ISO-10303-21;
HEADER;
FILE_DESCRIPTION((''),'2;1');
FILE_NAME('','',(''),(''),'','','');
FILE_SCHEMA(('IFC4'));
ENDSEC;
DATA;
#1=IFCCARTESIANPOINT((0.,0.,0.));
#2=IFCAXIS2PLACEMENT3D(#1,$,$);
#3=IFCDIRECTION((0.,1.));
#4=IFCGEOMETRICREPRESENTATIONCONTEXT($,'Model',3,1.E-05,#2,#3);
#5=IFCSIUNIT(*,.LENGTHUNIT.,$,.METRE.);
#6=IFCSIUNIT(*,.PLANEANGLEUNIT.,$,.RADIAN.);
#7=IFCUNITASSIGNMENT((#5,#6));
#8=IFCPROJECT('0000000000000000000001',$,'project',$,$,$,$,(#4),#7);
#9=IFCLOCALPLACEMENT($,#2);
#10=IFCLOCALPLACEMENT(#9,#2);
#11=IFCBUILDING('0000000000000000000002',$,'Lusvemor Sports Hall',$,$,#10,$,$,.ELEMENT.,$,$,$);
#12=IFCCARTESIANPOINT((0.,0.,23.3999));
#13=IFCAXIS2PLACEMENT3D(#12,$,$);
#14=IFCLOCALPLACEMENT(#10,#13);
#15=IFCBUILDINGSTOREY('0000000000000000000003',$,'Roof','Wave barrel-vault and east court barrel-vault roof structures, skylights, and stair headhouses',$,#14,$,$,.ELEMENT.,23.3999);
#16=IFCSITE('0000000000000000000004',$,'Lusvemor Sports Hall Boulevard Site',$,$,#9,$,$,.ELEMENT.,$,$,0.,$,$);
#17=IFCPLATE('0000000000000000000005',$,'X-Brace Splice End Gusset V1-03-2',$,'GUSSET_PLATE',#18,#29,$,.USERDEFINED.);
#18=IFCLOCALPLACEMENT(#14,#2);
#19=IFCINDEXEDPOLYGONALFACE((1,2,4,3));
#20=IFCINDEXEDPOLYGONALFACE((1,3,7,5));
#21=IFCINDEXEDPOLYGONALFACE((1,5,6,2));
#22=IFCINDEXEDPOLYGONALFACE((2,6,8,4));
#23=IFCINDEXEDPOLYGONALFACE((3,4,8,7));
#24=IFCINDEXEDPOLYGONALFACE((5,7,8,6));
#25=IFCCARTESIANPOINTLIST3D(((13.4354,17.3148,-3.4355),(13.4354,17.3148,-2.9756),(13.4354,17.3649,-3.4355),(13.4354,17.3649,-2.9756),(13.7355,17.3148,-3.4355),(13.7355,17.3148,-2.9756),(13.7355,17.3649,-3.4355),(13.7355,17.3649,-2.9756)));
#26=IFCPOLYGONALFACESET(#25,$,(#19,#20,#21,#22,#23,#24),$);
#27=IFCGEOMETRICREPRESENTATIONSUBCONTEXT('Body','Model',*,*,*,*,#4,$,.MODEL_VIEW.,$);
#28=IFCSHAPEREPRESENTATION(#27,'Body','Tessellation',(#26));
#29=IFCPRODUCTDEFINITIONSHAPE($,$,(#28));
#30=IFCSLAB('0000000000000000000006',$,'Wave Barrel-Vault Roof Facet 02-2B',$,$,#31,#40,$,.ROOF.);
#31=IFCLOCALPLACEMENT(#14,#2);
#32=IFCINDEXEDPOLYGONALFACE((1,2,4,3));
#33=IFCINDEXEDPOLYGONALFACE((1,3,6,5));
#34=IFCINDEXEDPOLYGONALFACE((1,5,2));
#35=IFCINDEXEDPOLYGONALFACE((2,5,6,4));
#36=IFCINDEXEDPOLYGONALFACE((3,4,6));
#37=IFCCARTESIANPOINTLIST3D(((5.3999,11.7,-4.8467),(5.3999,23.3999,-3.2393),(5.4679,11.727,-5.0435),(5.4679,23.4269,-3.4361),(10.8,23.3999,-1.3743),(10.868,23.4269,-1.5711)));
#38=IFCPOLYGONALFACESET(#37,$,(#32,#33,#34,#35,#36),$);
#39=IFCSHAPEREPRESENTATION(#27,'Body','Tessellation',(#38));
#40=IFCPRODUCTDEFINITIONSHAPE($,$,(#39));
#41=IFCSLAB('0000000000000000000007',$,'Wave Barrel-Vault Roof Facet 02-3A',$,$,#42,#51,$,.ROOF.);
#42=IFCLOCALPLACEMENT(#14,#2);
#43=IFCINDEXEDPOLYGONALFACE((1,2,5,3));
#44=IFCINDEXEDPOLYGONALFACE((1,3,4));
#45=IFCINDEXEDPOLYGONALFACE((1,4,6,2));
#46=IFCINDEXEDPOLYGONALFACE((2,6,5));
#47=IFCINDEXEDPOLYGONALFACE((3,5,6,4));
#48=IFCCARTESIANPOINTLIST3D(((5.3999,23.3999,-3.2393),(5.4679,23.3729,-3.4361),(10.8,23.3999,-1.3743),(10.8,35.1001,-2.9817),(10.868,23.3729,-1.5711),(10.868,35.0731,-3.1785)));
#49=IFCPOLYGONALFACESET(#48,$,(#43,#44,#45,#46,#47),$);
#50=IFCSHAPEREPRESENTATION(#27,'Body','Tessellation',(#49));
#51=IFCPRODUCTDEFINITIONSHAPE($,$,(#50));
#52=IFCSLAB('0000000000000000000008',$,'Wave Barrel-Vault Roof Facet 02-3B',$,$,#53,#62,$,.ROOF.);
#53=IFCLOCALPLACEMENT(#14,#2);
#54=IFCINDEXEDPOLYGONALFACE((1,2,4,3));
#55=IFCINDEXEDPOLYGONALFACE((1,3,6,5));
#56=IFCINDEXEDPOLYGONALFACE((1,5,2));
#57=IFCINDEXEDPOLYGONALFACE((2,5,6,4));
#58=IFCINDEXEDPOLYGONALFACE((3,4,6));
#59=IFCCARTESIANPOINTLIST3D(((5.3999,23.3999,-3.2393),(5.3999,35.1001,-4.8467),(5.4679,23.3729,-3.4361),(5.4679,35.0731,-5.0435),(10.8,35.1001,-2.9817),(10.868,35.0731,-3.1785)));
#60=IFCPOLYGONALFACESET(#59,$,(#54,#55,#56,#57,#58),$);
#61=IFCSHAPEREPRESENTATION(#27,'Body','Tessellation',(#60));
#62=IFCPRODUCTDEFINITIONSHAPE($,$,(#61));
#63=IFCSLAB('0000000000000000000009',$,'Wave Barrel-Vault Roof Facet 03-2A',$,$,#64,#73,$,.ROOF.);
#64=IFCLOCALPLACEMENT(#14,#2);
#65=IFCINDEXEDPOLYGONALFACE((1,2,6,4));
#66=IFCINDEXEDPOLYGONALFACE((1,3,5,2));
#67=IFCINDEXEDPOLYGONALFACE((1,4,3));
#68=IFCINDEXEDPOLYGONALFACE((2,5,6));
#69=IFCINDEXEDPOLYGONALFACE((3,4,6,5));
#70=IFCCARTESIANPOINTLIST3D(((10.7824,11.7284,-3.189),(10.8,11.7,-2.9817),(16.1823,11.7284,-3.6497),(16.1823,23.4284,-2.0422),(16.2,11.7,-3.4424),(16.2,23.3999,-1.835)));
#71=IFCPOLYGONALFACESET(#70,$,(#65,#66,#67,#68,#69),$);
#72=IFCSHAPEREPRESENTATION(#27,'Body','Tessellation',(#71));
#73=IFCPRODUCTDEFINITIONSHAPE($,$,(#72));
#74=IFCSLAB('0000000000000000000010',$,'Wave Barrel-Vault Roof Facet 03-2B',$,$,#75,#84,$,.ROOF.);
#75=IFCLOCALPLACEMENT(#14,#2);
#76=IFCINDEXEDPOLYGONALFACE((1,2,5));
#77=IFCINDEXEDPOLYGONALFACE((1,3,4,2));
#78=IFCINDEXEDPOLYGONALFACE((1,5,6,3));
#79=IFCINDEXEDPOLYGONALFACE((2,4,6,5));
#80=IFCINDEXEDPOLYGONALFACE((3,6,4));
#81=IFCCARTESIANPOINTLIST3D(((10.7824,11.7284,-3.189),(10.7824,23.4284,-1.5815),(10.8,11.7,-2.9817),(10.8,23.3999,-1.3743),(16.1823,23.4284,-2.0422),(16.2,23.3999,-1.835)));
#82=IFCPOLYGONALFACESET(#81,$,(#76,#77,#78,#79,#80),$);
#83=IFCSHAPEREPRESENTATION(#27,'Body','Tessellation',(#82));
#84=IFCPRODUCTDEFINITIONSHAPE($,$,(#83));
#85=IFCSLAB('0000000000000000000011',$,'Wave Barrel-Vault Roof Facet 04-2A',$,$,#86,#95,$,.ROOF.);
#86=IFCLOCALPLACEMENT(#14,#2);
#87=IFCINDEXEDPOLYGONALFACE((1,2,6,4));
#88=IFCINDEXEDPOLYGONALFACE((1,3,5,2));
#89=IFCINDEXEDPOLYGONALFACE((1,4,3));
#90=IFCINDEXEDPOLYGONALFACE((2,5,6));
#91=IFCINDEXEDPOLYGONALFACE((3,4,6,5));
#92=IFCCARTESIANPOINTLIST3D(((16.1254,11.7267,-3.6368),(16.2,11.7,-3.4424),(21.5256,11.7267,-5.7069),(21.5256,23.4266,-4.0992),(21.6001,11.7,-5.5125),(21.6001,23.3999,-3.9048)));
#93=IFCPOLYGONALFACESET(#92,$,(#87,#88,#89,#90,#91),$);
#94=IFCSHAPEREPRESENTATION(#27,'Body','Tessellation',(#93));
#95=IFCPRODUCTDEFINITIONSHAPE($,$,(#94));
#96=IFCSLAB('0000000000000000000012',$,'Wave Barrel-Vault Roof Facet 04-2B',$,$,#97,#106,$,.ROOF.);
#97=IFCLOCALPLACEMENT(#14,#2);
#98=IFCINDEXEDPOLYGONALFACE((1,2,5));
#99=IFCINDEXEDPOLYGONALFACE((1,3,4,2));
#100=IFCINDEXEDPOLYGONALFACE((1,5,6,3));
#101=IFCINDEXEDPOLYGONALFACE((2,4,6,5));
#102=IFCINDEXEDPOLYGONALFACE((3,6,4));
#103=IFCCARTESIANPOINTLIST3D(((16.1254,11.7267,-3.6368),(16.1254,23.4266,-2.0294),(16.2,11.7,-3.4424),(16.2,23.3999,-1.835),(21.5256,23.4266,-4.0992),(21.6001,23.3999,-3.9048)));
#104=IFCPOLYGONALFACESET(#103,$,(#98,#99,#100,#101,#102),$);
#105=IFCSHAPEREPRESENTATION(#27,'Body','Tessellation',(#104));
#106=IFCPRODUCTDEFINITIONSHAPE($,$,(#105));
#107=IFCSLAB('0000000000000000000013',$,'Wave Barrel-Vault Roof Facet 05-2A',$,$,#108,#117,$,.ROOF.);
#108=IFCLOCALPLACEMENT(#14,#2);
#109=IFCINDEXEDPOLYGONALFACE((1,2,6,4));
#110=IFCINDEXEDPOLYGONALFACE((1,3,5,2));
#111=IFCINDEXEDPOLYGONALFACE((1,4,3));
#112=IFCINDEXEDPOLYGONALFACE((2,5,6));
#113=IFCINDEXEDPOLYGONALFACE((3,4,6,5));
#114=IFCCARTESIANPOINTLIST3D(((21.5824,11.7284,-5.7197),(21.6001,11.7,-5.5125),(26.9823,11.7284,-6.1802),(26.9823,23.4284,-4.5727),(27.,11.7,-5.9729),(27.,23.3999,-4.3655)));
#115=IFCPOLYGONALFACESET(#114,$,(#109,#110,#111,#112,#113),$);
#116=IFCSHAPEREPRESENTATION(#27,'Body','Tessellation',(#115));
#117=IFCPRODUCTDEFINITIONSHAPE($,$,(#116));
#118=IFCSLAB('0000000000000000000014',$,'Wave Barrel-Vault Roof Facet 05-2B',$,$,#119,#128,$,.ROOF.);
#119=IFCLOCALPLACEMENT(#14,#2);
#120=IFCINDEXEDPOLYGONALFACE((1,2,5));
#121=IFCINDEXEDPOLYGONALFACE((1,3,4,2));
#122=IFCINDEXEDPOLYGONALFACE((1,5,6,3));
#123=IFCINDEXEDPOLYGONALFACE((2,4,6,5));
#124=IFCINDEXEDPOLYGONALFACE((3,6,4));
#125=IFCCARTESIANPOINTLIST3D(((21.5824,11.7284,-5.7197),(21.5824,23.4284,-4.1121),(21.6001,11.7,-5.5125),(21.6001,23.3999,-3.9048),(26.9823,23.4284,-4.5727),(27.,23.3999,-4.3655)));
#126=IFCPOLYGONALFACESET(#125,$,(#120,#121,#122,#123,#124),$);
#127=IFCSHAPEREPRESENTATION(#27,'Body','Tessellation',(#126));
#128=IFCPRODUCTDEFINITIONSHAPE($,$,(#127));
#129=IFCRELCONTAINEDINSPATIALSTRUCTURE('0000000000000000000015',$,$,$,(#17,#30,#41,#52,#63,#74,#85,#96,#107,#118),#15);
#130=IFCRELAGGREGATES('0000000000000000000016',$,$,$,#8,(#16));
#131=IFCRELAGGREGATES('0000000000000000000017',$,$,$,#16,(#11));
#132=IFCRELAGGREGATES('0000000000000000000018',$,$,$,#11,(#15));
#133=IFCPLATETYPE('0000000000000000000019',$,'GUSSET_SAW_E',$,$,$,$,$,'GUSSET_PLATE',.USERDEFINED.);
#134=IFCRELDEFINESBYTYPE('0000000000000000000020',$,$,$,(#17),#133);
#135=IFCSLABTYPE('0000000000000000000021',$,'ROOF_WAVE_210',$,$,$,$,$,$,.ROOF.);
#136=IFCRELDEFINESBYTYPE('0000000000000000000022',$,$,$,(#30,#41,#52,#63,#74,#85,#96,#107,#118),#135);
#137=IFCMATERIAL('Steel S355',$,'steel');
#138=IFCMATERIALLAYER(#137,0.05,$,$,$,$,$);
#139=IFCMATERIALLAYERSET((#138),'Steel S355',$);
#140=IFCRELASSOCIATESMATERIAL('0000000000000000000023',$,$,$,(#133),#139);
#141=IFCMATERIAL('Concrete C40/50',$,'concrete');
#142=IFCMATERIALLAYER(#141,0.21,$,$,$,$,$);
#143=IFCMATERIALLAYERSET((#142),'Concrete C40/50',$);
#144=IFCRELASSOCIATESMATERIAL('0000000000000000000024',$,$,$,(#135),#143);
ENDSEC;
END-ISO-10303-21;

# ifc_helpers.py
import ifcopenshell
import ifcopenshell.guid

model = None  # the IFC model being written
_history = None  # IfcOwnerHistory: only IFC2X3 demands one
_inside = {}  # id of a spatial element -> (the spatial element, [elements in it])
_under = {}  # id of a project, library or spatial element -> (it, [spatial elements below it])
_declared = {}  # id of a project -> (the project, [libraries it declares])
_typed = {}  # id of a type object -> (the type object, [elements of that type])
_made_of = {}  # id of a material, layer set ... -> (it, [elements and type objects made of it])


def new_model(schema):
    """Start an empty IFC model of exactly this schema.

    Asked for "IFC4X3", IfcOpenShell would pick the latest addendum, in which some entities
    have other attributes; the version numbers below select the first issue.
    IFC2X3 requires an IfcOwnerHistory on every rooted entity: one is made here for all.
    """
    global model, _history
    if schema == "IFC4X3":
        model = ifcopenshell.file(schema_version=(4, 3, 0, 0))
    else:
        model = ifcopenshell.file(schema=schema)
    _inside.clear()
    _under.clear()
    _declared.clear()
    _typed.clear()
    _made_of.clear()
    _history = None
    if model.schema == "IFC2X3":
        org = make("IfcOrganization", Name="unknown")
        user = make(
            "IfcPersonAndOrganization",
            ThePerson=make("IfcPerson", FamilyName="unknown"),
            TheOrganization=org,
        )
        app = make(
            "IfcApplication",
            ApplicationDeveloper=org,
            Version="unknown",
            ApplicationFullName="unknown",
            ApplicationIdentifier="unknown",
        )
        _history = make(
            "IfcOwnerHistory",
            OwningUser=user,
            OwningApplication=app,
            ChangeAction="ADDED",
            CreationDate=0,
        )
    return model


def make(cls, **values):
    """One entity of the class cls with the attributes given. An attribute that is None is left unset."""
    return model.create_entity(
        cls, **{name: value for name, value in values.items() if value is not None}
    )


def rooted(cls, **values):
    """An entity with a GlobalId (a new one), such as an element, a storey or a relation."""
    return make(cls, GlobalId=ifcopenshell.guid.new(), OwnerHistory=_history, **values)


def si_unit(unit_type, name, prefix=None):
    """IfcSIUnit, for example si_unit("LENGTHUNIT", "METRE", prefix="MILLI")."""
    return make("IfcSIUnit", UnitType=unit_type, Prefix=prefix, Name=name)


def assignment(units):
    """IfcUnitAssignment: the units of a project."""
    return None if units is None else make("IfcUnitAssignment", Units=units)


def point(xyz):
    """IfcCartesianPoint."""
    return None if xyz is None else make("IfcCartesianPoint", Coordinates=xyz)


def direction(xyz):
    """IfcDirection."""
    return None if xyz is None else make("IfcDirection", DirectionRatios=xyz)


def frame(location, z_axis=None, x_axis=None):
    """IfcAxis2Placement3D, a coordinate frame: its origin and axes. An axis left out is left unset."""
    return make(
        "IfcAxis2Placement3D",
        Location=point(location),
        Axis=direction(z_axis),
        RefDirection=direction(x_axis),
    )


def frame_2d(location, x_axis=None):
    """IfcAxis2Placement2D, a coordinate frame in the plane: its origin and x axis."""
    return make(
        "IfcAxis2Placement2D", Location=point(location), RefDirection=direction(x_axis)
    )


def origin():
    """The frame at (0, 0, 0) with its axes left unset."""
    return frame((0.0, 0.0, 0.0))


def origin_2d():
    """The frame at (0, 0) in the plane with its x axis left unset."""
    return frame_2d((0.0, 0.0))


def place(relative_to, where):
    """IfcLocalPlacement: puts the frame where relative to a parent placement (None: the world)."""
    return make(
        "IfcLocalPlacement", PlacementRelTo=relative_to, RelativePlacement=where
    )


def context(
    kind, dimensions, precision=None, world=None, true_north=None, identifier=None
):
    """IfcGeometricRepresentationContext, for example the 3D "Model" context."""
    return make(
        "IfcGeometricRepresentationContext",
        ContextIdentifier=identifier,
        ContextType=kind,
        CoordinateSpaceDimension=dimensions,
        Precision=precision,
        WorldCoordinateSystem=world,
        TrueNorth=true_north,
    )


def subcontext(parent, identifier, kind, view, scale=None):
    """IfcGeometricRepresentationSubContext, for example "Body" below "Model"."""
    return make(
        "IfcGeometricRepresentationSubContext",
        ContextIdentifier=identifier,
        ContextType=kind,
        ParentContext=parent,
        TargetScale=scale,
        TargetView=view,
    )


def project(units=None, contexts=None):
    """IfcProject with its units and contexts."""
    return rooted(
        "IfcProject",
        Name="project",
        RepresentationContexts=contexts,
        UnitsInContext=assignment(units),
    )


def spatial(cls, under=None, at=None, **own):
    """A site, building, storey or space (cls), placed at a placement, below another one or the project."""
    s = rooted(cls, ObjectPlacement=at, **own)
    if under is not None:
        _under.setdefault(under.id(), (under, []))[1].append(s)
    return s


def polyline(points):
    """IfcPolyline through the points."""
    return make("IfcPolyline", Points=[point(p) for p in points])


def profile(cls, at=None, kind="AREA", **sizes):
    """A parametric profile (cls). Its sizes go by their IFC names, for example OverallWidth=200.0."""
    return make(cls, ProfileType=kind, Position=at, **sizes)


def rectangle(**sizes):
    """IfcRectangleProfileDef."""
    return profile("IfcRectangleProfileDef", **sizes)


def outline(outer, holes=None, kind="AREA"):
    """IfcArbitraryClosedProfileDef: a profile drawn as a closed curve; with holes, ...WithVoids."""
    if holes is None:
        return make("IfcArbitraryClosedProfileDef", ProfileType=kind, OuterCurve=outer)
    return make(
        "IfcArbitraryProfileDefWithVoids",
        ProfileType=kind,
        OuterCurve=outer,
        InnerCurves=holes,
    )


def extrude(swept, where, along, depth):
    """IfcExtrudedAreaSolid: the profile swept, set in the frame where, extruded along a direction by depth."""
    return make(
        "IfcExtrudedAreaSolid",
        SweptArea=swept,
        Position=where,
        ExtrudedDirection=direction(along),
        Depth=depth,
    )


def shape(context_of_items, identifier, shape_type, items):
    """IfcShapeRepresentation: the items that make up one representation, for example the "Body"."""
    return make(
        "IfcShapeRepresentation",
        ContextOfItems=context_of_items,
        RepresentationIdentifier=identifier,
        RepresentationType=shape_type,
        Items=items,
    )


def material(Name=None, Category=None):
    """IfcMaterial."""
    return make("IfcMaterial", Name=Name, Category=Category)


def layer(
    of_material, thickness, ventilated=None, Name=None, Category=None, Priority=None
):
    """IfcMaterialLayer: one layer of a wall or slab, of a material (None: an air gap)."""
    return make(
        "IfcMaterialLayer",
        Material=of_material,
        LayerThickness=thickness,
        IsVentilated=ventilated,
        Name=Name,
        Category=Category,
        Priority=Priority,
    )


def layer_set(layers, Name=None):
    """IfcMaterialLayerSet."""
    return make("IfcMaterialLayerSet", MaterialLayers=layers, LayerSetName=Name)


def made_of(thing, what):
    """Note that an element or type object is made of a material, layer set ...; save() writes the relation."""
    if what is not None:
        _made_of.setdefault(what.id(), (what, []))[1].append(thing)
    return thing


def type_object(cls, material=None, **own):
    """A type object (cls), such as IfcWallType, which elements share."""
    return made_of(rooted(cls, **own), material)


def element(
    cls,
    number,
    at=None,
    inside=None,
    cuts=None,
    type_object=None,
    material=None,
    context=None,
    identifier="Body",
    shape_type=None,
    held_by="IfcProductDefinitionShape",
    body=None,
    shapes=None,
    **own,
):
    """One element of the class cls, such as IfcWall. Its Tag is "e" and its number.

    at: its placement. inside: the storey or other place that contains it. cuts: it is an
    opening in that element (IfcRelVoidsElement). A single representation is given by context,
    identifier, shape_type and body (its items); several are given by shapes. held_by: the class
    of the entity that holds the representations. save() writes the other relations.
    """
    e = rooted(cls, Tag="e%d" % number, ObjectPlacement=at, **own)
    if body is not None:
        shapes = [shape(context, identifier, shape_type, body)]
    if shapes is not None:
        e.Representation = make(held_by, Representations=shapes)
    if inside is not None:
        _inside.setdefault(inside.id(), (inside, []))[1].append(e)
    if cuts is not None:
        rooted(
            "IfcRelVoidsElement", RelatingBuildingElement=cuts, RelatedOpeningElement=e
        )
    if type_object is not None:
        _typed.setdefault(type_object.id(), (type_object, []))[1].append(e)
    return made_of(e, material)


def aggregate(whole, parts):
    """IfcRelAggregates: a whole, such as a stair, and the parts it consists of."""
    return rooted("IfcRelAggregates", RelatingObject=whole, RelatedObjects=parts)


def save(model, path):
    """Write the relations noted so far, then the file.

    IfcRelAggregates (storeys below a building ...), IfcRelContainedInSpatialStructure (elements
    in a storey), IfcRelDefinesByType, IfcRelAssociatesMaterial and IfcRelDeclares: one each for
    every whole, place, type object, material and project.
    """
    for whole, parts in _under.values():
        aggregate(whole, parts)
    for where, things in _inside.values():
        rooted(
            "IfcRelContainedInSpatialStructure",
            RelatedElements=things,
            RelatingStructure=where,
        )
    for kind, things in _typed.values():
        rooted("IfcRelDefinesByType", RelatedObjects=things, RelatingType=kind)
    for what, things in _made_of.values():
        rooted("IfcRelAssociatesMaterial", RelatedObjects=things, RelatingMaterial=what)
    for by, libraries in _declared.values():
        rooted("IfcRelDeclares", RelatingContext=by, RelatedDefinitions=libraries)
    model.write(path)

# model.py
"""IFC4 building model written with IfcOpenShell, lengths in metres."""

from ifc_helpers import new_model, si_unit, direction, frame, origin, origin_2d, place, context, subcontext, project, spatial, polyline, rectangle, outline, extrude, material, layer, layer_set, type_object, element, save


model = new_model("IFC4")

# Units and contexts
model_context = context("Model", 3, precision=1e-05, world=origin(), true_north=direction((0.0, 1.0)))
body_context = subcontext(model_context, "Body", "Model", "MODEL_VIEW")
ifc_project = project(units=[si_unit("LENGTHUNIT", "METRE"), si_unit("PLANEANGLEUNIT", "RADIAN")], contexts=[model_context])

# Site, building, storey
site_placement = place(None, origin())
site = spatial("IfcSite", under=ifc_project, at=site_placement, Name="Lusvemor Sports Hall Boulevard Site", CompositionType="ELEMENT", RefElevation=0.0)
building_placement = place(site_placement, origin())
building = spatial("IfcBuilding", under=site, at=building_placement, Name="Lusvemor Sports Hall", CompositionType="ELEMENT")
storey_placement = place(building_placement, frame((0.0, 0.0, 23.3999)))
storey = spatial("IfcBuildingStorey", under=building, at=storey_placement, Name="Roof", Description="Wave barrel-vault and east court barrel-vault roof structures, skylights, and stair headhouses", CompositionType="ELEMENT", Elevation=23.3999)

# Plate
ifc_material_1 = material(Name="Steel S355", Category="steel")
ifc_layer_1 = layer(ifc_material_1, 0.05)
ifc_layer_set_1 = layer_set([ifc_layer_1], Name="Steel S355")
plate_type_1 = type_object("IfcPlateType", Name="GUSSET_SAW_E", ElementType="GUSSET_PLATE", PredefinedType="USERDEFINED", material=ifc_layer_set_1)
for number, where, z_axis, x_axis, name in (
    (1, (13.5854, 17.3398, -3.4355), (0.0, 0.0, 1.0), (1.0, 0.0, 0.0), "X-Brace Splice End Gusset V1-03-2"),
):
    element("IfcPlate", number, at=place(storey_placement, frame(where, z_axis=z_axis, x_axis=x_axis)), inside=storey, type_object=plate_type_1, Name=name, ObjectType="GUSSET_PLATE", PredefinedType="USERDEFINED", context=body_context, shape_type="SweptSolid", body=[
        extrude(rectangle(XDim=0.3, YDim=0.05, at=origin_2d()), origin(), (0.0, 0.0, 1.0), 0.46),
    ])

# Slabs
ifc_material_2 = material(Name="Concrete C40/50", Category="concrete")
ifc_layer_2 = layer(ifc_material_2, 0.21)
ifc_layer_set_2 = layer_set([ifc_layer_2], Name="Concrete C40/50")
slab_type = type_object("IfcSlabType", Name="ROOF_WAVE_210", PredefinedType="ROOF", material=ifc_layer_set_2)
slab_1_placement = place(storey_placement, frame((5.3999, 11.7, -4.8467), z_axis=(-0.323722, -0.128779, 0.937347), x_axis=(0.404635, 0.876682, 0.260189)))
element("IfcSlab", 2, at=slab_1_placement, inside=storey, type_object=slab_type, Name="Wave Barrel-Vault Roof Facet 02-2B", PredefinedType="ROOF", context=body_context, shape_type="SweptSolid", body=[
    extrude(outline(polyline([(0.0, 0.0), (13.3457, 0.0), (10.6754, 5.0506), (0.0, 0.0)])), origin(), (0.0, 0.0, -1.0), 0.21),
])
slab_2_placement = place(storey_placement, frame((5.3999, 23.3999, -3.2393), z_axis=(-0.323722, 0.128777, 0.937348), x_axis=(0.945218, 0.0, 0.32644)))
element("IfcSlab", 3, at=slab_2_placement, inside=storey, type_object=slab_type, Name="Wave Barrel-Vault Roof Facet 02-3A", PredefinedType="ROOF", context=body_context, shape_type="SweptSolid", body=[
    extrude(outline(polyline([(0.0, 0.0), (5.7131, 0.0), (5.1884, 11.7984), (0.0, 0.0)])), origin(), (0.0, 0.0, -1.0), 0.21),
])
slab_3_placement = place(storey_placement, frame((5.3999, 23.3999, -3.2393), z_axis=(-0.323722, 0.128777, 0.937348), x_axis=(0.418978, 0.907776, 0.019984)))
element("IfcSlab", 4, at=slab_3_placement, inside=storey, type_object=slab_type, Name="Wave Barrel-Vault Roof Facet 02-3B", PredefinedType="ROOF", context=body_context, shape_type="SweptSolid", body=[
    extrude(outline(polyline([(0.0, 0.0), (12.8889, 0.0), (10.589, 5.2298), (0.0, 0.0)])), origin(), (0.0, 0.0, -1.0), 0.21),
])
slab_4_placement = place(storey_placement, frame((10.8, 11.7, -2.9817), z_axis=(0.084221, -0.135625, 0.987174), x_axis=(0.99638, 0.0, -0.085006)))
element("IfcSlab", 5, at=slab_4_placement, inside=storey, type_object=slab_type, Name="Wave Barrel-Vault Roof Facet 03-2A", PredefinedType="ROOF", context=body_context, shape_type="SweptSolid", body=[
    extrude(outline(polyline([(0.0, 0.0), (5.4195, 0.0), (5.2829, 11.8091), (0.0, 0.0)])), origin(), (0.0, 0.0, -1.0), 0.21),
])
slab_5_placement = place(storey_placement, frame((10.8, 11.7, -2.9817), z_axis=(0.084221, -0.135625, 0.987174), x_axis=(0.417404, 0.904388, 0.08864)))
element("IfcSlab", 6, at=slab_5_placement, inside=storey, type_object=slab_type, Name="Wave Barrel-Vault Roof Facet 03-2B", PredefinedType="ROOF", context=body_context, shape_type="SweptSolid", body=[
    extrude(outline(polyline([(0.0, 0.0), (12.9369, 0.0), (10.7238, 4.9471), (0.0, 0.0)])), origin(), (0.0, 0.0, -1.0), 0.21),
])
slab_6_placement = place(storey_placement, frame((16.2, 11.7, -3.4424), z_axis=(0.355028, -0.127261, 0.926153), x_axis=(0.933745, 0.0, -0.357938)))
element("IfcSlab", 7, at=slab_6_placement, inside=storey, type_object=slab_type, Name="Wave Barrel-Vault Roof Facet 04-2A", PredefinedType="ROOF", context=body_context, shape_type="SweptSolid", body=[
    extrude(outline(polyline([(0.0, 0.0), (5.7833, 0.0), (5.2079, 11.7959), (0.0, 0.0)])), origin(), (0.0, 0.0, -1.0), 0.21),
])
slab_7_placement = place(storey_placement, frame((16.2, 11.7, -3.4424), z_axis=(0.354992, -0.127244, 0.926169), x_axis=(0.418799, 0.90737, -0.035861)))
element("IfcSlab", 8, at=slab_7_placement, inside=storey, type_object=slab_type, Name="Wave Barrel-Vault Roof Facet 04-2B", PredefinedType="ROOF", context=body_context, shape_type="SweptSolid", body=[
    extrude(outline(polyline([(0.0, 0.0), (12.8943, 0.0), (10.5585, 5.2905), (0.0, 0.0)])), origin(), (0.0, 0.0, -1.0), 0.21),
])
slab_8_placement = place(storey_placement, frame((21.6001, 11.7, -5.5125), z_axis=(0.084177, -0.135625, 0.987178), x_axis=(0.996384, 0.0, -0.084962)))
element("IfcSlab", 9, at=slab_8_placement, inside=storey, type_object=slab_type, Name="Wave Barrel-Vault Roof Facet 05-2A", PredefinedType="ROOF", context=body_context, shape_type="SweptSolid", body=[
    extrude(outline(polyline([(0.0, 0.0), (5.4195, 0.0), (5.2829, 11.8091), (0.0, 0.0)])), origin(), (0.0, 0.0, -1.0), 0.21),
])
slab_9_placement = place(storey_placement, frame((21.6001, 11.7, -5.5125), z_axis=(0.084221, -0.135645, 0.987171), x_axis=(0.417403, 0.904386, 0.088659)))
element("IfcSlab", 10, at=slab_9_placement, inside=storey, type_object=slab_type, Name="Wave Barrel-Vault Roof Facet 05-2B", PredefinedType="ROOF", context=body_context, shape_type="SweptSolid", body=[
    extrude(outline(polyline([(0.0, 0.0), (12.9369, 0.0), (10.7238, 4.9471), (0.0, 0.0)])), origin(), (0.0, 0.0, -1.0), 0.21),
])

save(model, "model.ifc")
